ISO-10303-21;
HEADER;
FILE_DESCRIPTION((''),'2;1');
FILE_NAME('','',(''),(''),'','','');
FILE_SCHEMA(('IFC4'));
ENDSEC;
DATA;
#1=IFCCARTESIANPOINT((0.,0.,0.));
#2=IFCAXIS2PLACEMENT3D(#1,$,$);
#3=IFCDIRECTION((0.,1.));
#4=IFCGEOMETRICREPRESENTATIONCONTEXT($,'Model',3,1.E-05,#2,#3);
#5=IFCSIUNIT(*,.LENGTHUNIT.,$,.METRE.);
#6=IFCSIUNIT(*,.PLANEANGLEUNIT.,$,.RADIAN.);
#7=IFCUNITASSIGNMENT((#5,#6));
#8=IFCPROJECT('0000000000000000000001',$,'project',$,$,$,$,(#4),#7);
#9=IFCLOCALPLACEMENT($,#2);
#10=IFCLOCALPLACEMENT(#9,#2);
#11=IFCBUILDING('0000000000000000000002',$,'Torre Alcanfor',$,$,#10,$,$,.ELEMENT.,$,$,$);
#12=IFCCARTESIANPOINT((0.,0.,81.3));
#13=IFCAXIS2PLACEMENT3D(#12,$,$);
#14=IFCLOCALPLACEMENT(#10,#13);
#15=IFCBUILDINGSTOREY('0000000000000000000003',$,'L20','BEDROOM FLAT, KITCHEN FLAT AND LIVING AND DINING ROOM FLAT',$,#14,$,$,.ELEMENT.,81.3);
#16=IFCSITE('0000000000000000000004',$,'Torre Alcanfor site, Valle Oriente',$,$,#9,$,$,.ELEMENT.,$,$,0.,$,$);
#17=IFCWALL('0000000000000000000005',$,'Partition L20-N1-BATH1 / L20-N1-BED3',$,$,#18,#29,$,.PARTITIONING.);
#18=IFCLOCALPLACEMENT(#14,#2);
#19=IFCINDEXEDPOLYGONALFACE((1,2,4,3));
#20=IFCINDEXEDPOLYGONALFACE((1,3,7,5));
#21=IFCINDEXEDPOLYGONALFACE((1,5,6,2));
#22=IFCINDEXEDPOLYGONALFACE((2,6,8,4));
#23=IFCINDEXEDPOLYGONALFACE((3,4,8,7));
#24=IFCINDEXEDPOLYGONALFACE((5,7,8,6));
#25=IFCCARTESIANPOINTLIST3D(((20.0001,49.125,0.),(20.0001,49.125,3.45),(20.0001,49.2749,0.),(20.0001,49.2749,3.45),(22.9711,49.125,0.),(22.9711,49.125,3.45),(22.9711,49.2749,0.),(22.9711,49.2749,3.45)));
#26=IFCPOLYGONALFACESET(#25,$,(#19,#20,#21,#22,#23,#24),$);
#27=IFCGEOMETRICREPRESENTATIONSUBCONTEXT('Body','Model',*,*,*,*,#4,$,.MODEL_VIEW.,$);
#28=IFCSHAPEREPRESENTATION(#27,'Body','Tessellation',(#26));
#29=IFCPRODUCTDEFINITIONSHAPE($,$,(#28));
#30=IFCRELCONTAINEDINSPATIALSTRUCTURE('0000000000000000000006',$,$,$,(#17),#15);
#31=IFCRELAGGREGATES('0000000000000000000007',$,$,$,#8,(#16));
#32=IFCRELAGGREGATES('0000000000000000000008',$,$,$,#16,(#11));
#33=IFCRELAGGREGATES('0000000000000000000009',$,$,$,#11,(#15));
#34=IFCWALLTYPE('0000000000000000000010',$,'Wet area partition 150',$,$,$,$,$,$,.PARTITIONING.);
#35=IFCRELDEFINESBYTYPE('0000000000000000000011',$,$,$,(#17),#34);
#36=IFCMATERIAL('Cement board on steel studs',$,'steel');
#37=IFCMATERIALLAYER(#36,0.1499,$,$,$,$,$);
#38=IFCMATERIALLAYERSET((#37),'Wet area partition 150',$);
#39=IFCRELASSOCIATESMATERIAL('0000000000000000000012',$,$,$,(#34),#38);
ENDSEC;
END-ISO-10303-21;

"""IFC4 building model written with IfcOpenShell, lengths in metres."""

from ifc_helpers import new_model, si_unit, direction, frame, frame_2d, origin, place, context, subcontext, project, spatial, rectangle, extrude, material, layer, layer_set, type_object, element, save


model = new_model("IFC4")

# Units and contexts
model_context = context("Model", 3, precision=1e-05, world=origin(), true_north=direction((0.0, 1.0)))
body_context = subcontext(model_context, "Body", "Model", "MODEL_VIEW")
ifc_project = project(units=[si_unit("LENGTHUNIT", "METRE"), si_unit("PLANEANGLEUNIT", "RADIAN")], contexts=[model_context])

# Site, building, storey
site_placement = place(None, origin())
site = spatial("IfcSite", under=ifc_project, at=site_placement, Name="Torre Alcanfor site, Valle Oriente", CompositionType="ELEMENT", RefElevation=0.0)
building_placement = place(site_placement, origin())
building = spatial("IfcBuilding", under=site, at=building_placement, Name="Torre Alcanfor", CompositionType="ELEMENT")
storey_placement = place(building_placement, frame((0.0, 0.0, 81.3)))
storey = spatial("IfcBuildingStorey", under=building, at=storey_placement, Name="L20", Description="BEDROOM FLAT, KITCHEN FLAT AND LIVING AND DINING ROOM FLAT", CompositionType="ELEMENT", Elevation=81.3)

# Shared definitions
ifc_material_1 = material(Name="Cement board on steel studs", Category="steel")
ifc_layer_1 = layer(ifc_material_1, 0.1499)
ifc_layer_set_1 = layer_set([ifc_layer_1], Name="Wet area partition 150")
wall_type_1 = type_object("IfcWallType", Name="Wet area partition 150", PredefinedType="PARTITIONING", material=ifc_layer_set_1)

# Wall
for number, where, z_axis, x_axis, name in (
    (1, (22.9709, 49.2, 0.0), (0.0, 0.0, 1.0), (-1.0, 0.0, 0.0), "Partition L20-N1-BATH1 / L20-N1-BED3"),
):
    element("IfcWall", number, at=place(storey_placement, frame(where, z_axis=z_axis, x_axis=x_axis)), inside=storey, type_object=wall_type_1, Name=name, PredefinedType="PARTITIONING", context=body_context, shape_type="SweptSolid", body=[
        extrude(rectangle(XDim=2.9709, YDim=0.1499, at=frame_2d((1.4854, 0.0))), origin(), (0.0, 0.0, 1.0), 3.45),
    ])

save(model, "model.ifc")
